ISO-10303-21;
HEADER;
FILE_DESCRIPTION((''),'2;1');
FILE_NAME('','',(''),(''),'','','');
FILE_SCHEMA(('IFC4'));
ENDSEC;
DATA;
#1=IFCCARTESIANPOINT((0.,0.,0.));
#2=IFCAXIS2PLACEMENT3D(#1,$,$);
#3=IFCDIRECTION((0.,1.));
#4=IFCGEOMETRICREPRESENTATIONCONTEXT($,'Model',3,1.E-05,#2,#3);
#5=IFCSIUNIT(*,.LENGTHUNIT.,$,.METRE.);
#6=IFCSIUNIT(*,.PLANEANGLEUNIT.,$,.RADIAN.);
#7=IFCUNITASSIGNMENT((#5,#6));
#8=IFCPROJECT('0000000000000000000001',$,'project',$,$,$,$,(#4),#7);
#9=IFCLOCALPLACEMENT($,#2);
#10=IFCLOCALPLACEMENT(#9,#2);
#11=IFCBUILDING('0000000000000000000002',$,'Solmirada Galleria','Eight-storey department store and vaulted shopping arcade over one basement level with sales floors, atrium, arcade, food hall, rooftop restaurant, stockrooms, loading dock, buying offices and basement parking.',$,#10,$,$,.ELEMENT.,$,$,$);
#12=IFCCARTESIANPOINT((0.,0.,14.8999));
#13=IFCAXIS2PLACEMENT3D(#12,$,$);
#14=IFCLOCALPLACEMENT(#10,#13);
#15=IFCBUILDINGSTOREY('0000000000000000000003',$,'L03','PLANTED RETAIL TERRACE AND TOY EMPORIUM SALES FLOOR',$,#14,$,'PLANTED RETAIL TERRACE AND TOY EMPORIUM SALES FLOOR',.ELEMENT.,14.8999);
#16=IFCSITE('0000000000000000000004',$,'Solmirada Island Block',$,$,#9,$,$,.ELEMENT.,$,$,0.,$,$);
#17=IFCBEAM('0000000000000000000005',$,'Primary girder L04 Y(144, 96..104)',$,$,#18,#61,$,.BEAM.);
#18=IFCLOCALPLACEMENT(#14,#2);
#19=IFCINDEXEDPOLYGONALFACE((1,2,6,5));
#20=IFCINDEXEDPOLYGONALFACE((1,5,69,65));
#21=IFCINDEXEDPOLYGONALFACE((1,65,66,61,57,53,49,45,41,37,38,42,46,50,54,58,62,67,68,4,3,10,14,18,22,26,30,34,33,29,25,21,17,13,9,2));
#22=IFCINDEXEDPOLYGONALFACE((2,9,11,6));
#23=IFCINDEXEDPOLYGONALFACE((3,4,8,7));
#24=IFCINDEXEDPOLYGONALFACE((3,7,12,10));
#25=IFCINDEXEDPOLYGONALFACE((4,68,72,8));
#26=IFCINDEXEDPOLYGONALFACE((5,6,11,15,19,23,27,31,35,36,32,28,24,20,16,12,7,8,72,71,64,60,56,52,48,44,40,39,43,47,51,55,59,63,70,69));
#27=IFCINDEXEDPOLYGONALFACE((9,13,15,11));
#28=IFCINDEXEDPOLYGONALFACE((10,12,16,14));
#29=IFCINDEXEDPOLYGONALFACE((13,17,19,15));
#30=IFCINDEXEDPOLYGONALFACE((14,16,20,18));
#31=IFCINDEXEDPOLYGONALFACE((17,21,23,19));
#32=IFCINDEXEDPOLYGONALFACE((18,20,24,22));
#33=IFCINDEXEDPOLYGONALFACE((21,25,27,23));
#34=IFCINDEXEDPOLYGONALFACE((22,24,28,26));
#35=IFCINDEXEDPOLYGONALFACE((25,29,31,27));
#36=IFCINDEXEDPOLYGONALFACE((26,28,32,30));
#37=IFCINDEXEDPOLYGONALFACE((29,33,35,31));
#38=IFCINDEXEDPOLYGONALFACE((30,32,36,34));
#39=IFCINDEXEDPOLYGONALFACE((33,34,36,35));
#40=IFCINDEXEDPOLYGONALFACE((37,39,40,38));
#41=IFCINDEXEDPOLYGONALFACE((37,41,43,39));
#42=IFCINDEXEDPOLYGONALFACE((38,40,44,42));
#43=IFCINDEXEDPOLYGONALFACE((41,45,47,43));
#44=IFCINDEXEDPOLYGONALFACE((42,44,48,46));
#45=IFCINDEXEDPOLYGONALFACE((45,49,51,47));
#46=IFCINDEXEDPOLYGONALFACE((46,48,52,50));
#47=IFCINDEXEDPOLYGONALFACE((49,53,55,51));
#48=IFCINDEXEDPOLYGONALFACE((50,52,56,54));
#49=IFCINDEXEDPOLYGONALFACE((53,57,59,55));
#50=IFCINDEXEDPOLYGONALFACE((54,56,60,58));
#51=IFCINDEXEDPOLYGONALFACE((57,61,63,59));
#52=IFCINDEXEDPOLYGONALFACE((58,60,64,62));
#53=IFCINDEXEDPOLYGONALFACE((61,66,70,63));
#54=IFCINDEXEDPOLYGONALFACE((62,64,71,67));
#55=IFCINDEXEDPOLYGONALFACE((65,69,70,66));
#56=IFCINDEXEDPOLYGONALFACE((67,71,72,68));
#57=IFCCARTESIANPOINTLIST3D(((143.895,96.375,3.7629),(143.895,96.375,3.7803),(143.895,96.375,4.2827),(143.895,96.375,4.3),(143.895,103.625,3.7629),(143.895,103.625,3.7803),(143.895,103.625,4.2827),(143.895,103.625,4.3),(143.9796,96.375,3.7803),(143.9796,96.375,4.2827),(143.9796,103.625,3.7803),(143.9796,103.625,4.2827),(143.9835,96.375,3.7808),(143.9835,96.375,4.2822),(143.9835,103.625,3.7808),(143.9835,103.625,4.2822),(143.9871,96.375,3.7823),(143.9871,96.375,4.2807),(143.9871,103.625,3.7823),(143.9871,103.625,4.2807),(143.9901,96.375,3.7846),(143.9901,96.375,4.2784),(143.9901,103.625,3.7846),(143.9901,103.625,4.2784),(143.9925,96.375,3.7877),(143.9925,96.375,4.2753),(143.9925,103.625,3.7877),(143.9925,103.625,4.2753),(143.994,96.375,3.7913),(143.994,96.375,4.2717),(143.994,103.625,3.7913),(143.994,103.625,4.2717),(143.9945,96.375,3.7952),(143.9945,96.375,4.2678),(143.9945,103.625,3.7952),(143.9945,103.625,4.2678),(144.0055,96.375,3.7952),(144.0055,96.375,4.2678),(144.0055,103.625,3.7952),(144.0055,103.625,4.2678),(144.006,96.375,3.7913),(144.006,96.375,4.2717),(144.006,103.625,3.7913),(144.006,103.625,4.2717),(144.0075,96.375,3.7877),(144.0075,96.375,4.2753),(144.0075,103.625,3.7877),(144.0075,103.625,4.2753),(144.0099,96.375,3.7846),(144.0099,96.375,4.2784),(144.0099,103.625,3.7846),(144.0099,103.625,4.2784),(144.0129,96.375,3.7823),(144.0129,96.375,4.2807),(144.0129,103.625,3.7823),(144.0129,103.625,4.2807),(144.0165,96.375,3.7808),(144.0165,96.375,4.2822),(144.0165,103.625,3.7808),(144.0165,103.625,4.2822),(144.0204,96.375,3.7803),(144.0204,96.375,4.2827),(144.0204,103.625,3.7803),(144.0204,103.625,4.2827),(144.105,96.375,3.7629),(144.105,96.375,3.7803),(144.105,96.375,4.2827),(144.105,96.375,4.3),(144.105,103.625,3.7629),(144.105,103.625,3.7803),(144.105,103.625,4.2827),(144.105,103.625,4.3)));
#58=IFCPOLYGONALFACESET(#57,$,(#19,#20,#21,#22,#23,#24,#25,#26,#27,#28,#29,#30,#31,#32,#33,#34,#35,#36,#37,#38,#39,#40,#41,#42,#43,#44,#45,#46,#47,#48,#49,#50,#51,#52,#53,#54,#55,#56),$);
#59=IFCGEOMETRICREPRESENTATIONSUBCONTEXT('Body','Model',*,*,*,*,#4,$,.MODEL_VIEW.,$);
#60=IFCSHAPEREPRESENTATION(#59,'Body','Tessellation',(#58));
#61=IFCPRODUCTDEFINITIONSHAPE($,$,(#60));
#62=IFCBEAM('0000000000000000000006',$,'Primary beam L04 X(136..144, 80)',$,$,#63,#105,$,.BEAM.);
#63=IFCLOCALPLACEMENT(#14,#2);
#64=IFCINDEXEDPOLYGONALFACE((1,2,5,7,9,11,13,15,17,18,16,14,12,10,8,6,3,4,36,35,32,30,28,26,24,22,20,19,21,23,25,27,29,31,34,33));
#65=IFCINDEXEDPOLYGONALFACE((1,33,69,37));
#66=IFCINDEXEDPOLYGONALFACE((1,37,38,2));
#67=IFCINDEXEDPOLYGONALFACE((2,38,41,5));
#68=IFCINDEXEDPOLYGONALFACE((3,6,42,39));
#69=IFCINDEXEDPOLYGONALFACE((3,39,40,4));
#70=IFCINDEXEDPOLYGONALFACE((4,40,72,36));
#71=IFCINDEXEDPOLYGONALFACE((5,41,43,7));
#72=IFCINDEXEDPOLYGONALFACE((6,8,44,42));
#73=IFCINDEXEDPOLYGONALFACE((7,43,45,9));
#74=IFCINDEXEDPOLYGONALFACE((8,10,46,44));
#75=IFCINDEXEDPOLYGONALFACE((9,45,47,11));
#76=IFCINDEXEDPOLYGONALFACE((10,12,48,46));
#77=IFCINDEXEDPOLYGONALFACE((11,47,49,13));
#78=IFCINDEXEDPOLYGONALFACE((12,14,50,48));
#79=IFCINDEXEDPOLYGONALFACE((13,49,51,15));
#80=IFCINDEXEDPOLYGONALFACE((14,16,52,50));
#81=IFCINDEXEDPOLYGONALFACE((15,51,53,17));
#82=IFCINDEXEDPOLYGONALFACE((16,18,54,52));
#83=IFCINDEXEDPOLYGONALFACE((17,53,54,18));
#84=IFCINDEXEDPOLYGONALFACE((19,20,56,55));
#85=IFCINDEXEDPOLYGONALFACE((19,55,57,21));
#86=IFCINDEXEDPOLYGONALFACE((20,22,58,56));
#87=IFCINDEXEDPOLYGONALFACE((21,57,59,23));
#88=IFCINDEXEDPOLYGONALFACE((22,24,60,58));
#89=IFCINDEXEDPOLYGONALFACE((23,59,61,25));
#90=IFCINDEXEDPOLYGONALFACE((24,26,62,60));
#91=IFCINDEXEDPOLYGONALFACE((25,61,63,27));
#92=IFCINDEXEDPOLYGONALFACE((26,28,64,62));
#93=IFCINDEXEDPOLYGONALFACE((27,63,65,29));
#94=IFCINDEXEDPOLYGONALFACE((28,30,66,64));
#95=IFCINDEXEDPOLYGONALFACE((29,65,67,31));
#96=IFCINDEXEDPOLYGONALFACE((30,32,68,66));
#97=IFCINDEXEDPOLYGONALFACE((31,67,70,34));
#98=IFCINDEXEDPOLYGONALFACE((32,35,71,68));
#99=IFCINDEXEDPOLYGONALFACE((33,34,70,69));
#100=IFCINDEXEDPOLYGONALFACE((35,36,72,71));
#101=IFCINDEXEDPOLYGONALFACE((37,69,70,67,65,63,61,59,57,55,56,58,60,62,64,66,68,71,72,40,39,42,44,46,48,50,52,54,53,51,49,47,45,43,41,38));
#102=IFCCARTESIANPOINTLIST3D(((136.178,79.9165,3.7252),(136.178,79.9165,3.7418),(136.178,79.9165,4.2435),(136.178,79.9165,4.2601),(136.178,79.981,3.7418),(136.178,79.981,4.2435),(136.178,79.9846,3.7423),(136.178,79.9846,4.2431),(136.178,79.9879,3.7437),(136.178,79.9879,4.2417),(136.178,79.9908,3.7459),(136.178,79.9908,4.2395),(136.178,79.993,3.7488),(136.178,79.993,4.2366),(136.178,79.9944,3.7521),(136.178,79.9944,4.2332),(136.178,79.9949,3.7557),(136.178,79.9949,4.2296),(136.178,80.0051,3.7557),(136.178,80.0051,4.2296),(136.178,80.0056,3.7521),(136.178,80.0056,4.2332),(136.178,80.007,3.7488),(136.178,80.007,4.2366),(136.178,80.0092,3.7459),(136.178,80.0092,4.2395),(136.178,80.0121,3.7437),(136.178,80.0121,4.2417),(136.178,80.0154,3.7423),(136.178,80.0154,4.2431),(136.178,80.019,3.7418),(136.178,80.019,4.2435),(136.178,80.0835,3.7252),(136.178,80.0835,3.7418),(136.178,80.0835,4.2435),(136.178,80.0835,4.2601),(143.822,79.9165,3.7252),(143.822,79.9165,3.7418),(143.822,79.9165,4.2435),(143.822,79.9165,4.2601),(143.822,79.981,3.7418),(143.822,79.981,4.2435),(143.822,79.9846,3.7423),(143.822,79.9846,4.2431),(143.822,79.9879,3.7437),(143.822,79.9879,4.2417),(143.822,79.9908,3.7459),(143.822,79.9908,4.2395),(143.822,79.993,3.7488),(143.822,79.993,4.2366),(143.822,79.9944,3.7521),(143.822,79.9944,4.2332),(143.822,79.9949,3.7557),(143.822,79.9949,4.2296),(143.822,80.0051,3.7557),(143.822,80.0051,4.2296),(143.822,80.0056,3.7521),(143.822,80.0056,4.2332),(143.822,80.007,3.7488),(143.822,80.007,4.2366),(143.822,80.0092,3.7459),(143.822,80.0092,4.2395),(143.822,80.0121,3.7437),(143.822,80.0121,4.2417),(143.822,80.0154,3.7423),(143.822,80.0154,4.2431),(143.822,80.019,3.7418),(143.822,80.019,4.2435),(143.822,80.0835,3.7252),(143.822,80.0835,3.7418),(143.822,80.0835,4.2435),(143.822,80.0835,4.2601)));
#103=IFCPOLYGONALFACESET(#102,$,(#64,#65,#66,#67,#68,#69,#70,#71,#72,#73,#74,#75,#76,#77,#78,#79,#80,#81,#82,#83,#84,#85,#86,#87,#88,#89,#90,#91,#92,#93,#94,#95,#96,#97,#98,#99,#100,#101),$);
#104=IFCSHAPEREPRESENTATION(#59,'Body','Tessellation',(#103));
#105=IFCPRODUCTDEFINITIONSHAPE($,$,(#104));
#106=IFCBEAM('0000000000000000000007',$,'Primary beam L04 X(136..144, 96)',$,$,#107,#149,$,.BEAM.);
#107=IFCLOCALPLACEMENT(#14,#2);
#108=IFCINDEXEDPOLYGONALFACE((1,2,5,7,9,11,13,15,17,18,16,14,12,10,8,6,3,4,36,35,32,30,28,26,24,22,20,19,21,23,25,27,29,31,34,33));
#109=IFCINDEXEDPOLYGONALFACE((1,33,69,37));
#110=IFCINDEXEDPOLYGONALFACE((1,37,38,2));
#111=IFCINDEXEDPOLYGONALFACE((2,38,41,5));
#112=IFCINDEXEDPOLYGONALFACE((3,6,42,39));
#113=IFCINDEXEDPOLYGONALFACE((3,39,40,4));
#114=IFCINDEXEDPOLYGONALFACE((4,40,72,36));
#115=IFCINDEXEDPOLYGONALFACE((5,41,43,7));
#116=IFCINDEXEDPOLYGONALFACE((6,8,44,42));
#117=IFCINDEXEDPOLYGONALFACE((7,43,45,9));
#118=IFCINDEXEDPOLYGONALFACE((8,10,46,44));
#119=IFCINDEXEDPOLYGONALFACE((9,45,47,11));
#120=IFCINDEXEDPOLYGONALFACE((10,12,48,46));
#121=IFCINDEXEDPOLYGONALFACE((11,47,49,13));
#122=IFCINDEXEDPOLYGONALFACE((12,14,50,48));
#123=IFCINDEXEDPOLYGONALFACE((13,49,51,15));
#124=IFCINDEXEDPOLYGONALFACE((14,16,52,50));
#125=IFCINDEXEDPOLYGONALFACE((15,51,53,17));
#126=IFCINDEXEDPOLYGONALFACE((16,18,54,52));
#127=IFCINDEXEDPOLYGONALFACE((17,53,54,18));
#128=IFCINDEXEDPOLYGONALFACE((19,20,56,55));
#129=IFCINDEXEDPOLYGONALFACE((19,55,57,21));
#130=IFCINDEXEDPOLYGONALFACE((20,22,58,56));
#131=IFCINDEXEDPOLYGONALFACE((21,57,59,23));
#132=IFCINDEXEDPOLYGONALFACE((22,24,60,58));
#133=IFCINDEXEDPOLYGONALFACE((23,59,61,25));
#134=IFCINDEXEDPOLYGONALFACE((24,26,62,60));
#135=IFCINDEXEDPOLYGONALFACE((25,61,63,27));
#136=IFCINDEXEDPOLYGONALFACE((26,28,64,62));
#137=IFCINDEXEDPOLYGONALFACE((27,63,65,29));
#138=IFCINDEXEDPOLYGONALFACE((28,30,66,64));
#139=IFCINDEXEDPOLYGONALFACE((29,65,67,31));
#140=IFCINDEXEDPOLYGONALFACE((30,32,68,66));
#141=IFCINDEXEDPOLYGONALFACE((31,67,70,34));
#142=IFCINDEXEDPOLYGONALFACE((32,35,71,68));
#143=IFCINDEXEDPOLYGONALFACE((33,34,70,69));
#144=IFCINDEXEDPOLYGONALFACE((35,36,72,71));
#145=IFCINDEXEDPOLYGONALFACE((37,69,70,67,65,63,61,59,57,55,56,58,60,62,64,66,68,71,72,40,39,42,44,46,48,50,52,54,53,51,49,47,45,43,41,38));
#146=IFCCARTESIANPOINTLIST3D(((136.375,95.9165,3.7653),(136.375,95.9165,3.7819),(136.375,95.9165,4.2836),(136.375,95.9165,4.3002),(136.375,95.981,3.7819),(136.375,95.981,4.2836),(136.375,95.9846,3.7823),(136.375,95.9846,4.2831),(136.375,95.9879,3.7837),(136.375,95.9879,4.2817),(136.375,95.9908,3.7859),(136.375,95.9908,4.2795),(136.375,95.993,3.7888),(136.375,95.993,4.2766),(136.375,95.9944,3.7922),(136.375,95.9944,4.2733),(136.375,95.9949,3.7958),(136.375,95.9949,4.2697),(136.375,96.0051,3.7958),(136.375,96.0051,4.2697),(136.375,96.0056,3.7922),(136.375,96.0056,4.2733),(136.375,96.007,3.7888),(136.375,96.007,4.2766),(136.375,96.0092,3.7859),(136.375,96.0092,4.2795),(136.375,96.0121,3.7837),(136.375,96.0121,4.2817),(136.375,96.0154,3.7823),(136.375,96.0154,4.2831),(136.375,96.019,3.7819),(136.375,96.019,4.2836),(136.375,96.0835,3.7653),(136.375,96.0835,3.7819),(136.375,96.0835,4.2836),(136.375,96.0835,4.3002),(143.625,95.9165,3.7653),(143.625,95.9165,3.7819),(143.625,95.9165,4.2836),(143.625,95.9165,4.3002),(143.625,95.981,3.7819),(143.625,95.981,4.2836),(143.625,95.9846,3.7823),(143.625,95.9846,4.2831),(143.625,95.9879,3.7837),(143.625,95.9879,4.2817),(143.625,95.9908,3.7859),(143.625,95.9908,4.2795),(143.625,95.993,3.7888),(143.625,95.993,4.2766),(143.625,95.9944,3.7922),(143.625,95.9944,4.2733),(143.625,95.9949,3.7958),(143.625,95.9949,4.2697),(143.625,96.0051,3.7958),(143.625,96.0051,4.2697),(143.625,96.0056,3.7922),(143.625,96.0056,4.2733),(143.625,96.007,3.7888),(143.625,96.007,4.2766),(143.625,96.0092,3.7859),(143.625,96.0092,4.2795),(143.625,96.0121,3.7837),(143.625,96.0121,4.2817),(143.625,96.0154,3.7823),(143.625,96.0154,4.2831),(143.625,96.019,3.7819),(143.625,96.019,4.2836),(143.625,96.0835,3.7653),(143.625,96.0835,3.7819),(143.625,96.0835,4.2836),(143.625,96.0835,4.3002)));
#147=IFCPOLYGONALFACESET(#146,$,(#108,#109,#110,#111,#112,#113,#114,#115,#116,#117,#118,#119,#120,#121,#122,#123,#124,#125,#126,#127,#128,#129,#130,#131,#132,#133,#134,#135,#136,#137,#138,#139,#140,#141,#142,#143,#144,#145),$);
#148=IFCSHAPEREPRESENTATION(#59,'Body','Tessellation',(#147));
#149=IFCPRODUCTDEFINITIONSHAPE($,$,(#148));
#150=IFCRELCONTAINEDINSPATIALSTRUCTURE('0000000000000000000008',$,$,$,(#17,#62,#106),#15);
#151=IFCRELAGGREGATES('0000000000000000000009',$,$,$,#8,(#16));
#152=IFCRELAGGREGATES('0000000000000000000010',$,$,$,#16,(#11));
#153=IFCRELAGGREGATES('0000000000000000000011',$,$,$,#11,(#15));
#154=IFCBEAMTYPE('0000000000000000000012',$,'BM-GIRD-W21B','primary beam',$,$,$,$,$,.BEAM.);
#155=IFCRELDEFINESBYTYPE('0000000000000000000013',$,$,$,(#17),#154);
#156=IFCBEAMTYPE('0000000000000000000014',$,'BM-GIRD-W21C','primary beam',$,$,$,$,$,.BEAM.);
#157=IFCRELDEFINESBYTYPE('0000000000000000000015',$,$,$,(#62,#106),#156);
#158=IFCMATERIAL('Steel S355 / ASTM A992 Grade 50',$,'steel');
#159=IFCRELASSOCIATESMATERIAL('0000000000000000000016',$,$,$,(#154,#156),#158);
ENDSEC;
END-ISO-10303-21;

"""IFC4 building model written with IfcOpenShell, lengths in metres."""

from ifc_helpers import new_model, si_unit, direction, frame, origin, origin_2d, place, context, subcontext, project, spatial, i_section, extrude, material, material_profile, profile_set, type_object, element, save


model = new_model("IFC4")

# Units and contexts
model_context = context("Model", 3, precision=1e-05, world=origin(), true_north=direction((0.0, 1.0)))
body_context = subcontext(model_context, "Body", "Model", "MODEL_VIEW")
ifc_project = project(units=[si_unit("LENGTHUNIT", "METRE"), si_unit("PLANEANGLEUNIT", "RADIAN")], contexts=[model_context])

# Site, building, storey
site_placement = place(None, origin())
site = spatial("IfcSite", under=ifc_project, at=site_placement, Name="Solmirada Island Block", CompositionType="ELEMENT", RefElevation=0.0)
building_placement = place(site_placement, origin())
building = spatial("IfcBuilding", under=site, at=building_placement, Name="Solmirada Galleria", Description="Eight-storey department store and vaulted shopping arcade over one basement level with sales floors, atrium, arcade, food hall, rooftop restaurant, stockrooms, loading dock, buying offices and basement parking.", CompositionType="ELEMENT")
storey_placement = place(building_placement, frame((0.0, 0.0, 14.8999)))
storey = spatial("IfcBuildingStorey", under=building, at=storey_placement, Name="L03", Description="PLANTED RETAIL TERRACE AND TOY EMPORIUM SALES FLOOR", LongName="PLANTED RETAIL TERRACE AND TOY EMPORIUM SALES FLOOR", CompositionType="ELEMENT", Elevation=14.8999)

# Beams
ifc_material_1 = material(Name="Steel S355 / ASTM A992 Grade 50", Category="steel")
ifc_material_profile_1 = material_profile(ifc_material_1, i_section(OverallWidth=0.21, OverallDepth=0.5371, WebThickness=0.011, FlangeThickness=0.0173, FilletRadius=0.0149, at=origin_2d()), Name="W21X68")
ifc_profile_set_1 = profile_set([ifc_material_profile_1], Name="Steel S355 / ASTM A992 Grade 50")
beam_type_1 = type_object("IfcBeamType", Name="BM-GIRD-W21B", Description="primary beam", PredefinedType="BEAM", material=ifc_profile_set_1)
beam_1_placement = place(storey_placement, frame((144.0, 96.375, 4.0315), z_axis=(0.0, 1.0, 0.0), x_axis=(-1.0, 0.0, 0.0)))
element("IfcBeam", 1, at=beam_1_placement, inside=storey, type_object=beam_type_1, Name="Primary girder L04 Y(144, 96..104)", PredefinedType="BEAM", context=body_context, shape_type="SweptSolid", body=[
    extrude(i_section(OverallWidth=0.21, OverallDepth=0.5371, WebThickness=0.011, FlangeThickness=0.0173, FilletRadius=0.0149, at=origin_2d()), origin(), (0.0, 0.0, 1.0), 7.25),
])
ifc_material_profile_2 = material_profile(ifc_material_1, i_section(OverallWidth=0.167, OverallDepth=0.5349, WebThickness=0.0103, FlangeThickness=0.0166, FilletRadius=0.0139, at=origin_2d()), Name="W21X57")
ifc_profile_set_2 = profile_set([ifc_material_profile_2], Name="Steel S355 / ASTM A992 Grade 50")
beam_type_2 = type_object("IfcBeamType", Name="BM-GIRD-W21C", Description="primary beam", PredefinedType="BEAM", material=ifc_profile_set_2)
beam_2_placement = place(storey_placement, frame((136.178, 80.0, 3.9927), z_axis=(1.0, 0.0, 0.0), x_axis=(0.0, 1.0, 0.0)))
element("IfcBeam", 2, at=beam_2_placement, inside=storey, type_object=beam_type_2, Name="Primary beam L04 X(136..144, 80)", PredefinedType="BEAM", context=body_context, shape_type="SweptSolid", body=[
    extrude(i_section(OverallWidth=0.167, OverallDepth=0.5349, WebThickness=0.0103, FlangeThickness=0.0166, FilletRadius=0.0139, at=origin_2d()), origin(), (0.0, 0.0, 1.0), 7.644),
])
beam_3_placement = place(storey_placement, frame((136.375, 96.0, 4.0327), z_axis=(1.0, 0.0, 0.0), x_axis=(0.0, 1.0, 0.0)))
element("IfcBeam", 3, at=beam_3_placement, inside=storey, type_object=beam_type_2, Name="Primary beam L04 X(136..144, 96)", PredefinedType="BEAM", context=body_context, shape_type="SweptSolid", body=[
    extrude(i_section(OverallWidth=0.167, OverallDepth=0.5349, WebThickness=0.0103, FlangeThickness=0.0166, FilletRadius=0.0139, at=origin_2d()), origin(), (0.0, 0.0, 1.0), 7.25),
])

save(model, "model.ifc")
